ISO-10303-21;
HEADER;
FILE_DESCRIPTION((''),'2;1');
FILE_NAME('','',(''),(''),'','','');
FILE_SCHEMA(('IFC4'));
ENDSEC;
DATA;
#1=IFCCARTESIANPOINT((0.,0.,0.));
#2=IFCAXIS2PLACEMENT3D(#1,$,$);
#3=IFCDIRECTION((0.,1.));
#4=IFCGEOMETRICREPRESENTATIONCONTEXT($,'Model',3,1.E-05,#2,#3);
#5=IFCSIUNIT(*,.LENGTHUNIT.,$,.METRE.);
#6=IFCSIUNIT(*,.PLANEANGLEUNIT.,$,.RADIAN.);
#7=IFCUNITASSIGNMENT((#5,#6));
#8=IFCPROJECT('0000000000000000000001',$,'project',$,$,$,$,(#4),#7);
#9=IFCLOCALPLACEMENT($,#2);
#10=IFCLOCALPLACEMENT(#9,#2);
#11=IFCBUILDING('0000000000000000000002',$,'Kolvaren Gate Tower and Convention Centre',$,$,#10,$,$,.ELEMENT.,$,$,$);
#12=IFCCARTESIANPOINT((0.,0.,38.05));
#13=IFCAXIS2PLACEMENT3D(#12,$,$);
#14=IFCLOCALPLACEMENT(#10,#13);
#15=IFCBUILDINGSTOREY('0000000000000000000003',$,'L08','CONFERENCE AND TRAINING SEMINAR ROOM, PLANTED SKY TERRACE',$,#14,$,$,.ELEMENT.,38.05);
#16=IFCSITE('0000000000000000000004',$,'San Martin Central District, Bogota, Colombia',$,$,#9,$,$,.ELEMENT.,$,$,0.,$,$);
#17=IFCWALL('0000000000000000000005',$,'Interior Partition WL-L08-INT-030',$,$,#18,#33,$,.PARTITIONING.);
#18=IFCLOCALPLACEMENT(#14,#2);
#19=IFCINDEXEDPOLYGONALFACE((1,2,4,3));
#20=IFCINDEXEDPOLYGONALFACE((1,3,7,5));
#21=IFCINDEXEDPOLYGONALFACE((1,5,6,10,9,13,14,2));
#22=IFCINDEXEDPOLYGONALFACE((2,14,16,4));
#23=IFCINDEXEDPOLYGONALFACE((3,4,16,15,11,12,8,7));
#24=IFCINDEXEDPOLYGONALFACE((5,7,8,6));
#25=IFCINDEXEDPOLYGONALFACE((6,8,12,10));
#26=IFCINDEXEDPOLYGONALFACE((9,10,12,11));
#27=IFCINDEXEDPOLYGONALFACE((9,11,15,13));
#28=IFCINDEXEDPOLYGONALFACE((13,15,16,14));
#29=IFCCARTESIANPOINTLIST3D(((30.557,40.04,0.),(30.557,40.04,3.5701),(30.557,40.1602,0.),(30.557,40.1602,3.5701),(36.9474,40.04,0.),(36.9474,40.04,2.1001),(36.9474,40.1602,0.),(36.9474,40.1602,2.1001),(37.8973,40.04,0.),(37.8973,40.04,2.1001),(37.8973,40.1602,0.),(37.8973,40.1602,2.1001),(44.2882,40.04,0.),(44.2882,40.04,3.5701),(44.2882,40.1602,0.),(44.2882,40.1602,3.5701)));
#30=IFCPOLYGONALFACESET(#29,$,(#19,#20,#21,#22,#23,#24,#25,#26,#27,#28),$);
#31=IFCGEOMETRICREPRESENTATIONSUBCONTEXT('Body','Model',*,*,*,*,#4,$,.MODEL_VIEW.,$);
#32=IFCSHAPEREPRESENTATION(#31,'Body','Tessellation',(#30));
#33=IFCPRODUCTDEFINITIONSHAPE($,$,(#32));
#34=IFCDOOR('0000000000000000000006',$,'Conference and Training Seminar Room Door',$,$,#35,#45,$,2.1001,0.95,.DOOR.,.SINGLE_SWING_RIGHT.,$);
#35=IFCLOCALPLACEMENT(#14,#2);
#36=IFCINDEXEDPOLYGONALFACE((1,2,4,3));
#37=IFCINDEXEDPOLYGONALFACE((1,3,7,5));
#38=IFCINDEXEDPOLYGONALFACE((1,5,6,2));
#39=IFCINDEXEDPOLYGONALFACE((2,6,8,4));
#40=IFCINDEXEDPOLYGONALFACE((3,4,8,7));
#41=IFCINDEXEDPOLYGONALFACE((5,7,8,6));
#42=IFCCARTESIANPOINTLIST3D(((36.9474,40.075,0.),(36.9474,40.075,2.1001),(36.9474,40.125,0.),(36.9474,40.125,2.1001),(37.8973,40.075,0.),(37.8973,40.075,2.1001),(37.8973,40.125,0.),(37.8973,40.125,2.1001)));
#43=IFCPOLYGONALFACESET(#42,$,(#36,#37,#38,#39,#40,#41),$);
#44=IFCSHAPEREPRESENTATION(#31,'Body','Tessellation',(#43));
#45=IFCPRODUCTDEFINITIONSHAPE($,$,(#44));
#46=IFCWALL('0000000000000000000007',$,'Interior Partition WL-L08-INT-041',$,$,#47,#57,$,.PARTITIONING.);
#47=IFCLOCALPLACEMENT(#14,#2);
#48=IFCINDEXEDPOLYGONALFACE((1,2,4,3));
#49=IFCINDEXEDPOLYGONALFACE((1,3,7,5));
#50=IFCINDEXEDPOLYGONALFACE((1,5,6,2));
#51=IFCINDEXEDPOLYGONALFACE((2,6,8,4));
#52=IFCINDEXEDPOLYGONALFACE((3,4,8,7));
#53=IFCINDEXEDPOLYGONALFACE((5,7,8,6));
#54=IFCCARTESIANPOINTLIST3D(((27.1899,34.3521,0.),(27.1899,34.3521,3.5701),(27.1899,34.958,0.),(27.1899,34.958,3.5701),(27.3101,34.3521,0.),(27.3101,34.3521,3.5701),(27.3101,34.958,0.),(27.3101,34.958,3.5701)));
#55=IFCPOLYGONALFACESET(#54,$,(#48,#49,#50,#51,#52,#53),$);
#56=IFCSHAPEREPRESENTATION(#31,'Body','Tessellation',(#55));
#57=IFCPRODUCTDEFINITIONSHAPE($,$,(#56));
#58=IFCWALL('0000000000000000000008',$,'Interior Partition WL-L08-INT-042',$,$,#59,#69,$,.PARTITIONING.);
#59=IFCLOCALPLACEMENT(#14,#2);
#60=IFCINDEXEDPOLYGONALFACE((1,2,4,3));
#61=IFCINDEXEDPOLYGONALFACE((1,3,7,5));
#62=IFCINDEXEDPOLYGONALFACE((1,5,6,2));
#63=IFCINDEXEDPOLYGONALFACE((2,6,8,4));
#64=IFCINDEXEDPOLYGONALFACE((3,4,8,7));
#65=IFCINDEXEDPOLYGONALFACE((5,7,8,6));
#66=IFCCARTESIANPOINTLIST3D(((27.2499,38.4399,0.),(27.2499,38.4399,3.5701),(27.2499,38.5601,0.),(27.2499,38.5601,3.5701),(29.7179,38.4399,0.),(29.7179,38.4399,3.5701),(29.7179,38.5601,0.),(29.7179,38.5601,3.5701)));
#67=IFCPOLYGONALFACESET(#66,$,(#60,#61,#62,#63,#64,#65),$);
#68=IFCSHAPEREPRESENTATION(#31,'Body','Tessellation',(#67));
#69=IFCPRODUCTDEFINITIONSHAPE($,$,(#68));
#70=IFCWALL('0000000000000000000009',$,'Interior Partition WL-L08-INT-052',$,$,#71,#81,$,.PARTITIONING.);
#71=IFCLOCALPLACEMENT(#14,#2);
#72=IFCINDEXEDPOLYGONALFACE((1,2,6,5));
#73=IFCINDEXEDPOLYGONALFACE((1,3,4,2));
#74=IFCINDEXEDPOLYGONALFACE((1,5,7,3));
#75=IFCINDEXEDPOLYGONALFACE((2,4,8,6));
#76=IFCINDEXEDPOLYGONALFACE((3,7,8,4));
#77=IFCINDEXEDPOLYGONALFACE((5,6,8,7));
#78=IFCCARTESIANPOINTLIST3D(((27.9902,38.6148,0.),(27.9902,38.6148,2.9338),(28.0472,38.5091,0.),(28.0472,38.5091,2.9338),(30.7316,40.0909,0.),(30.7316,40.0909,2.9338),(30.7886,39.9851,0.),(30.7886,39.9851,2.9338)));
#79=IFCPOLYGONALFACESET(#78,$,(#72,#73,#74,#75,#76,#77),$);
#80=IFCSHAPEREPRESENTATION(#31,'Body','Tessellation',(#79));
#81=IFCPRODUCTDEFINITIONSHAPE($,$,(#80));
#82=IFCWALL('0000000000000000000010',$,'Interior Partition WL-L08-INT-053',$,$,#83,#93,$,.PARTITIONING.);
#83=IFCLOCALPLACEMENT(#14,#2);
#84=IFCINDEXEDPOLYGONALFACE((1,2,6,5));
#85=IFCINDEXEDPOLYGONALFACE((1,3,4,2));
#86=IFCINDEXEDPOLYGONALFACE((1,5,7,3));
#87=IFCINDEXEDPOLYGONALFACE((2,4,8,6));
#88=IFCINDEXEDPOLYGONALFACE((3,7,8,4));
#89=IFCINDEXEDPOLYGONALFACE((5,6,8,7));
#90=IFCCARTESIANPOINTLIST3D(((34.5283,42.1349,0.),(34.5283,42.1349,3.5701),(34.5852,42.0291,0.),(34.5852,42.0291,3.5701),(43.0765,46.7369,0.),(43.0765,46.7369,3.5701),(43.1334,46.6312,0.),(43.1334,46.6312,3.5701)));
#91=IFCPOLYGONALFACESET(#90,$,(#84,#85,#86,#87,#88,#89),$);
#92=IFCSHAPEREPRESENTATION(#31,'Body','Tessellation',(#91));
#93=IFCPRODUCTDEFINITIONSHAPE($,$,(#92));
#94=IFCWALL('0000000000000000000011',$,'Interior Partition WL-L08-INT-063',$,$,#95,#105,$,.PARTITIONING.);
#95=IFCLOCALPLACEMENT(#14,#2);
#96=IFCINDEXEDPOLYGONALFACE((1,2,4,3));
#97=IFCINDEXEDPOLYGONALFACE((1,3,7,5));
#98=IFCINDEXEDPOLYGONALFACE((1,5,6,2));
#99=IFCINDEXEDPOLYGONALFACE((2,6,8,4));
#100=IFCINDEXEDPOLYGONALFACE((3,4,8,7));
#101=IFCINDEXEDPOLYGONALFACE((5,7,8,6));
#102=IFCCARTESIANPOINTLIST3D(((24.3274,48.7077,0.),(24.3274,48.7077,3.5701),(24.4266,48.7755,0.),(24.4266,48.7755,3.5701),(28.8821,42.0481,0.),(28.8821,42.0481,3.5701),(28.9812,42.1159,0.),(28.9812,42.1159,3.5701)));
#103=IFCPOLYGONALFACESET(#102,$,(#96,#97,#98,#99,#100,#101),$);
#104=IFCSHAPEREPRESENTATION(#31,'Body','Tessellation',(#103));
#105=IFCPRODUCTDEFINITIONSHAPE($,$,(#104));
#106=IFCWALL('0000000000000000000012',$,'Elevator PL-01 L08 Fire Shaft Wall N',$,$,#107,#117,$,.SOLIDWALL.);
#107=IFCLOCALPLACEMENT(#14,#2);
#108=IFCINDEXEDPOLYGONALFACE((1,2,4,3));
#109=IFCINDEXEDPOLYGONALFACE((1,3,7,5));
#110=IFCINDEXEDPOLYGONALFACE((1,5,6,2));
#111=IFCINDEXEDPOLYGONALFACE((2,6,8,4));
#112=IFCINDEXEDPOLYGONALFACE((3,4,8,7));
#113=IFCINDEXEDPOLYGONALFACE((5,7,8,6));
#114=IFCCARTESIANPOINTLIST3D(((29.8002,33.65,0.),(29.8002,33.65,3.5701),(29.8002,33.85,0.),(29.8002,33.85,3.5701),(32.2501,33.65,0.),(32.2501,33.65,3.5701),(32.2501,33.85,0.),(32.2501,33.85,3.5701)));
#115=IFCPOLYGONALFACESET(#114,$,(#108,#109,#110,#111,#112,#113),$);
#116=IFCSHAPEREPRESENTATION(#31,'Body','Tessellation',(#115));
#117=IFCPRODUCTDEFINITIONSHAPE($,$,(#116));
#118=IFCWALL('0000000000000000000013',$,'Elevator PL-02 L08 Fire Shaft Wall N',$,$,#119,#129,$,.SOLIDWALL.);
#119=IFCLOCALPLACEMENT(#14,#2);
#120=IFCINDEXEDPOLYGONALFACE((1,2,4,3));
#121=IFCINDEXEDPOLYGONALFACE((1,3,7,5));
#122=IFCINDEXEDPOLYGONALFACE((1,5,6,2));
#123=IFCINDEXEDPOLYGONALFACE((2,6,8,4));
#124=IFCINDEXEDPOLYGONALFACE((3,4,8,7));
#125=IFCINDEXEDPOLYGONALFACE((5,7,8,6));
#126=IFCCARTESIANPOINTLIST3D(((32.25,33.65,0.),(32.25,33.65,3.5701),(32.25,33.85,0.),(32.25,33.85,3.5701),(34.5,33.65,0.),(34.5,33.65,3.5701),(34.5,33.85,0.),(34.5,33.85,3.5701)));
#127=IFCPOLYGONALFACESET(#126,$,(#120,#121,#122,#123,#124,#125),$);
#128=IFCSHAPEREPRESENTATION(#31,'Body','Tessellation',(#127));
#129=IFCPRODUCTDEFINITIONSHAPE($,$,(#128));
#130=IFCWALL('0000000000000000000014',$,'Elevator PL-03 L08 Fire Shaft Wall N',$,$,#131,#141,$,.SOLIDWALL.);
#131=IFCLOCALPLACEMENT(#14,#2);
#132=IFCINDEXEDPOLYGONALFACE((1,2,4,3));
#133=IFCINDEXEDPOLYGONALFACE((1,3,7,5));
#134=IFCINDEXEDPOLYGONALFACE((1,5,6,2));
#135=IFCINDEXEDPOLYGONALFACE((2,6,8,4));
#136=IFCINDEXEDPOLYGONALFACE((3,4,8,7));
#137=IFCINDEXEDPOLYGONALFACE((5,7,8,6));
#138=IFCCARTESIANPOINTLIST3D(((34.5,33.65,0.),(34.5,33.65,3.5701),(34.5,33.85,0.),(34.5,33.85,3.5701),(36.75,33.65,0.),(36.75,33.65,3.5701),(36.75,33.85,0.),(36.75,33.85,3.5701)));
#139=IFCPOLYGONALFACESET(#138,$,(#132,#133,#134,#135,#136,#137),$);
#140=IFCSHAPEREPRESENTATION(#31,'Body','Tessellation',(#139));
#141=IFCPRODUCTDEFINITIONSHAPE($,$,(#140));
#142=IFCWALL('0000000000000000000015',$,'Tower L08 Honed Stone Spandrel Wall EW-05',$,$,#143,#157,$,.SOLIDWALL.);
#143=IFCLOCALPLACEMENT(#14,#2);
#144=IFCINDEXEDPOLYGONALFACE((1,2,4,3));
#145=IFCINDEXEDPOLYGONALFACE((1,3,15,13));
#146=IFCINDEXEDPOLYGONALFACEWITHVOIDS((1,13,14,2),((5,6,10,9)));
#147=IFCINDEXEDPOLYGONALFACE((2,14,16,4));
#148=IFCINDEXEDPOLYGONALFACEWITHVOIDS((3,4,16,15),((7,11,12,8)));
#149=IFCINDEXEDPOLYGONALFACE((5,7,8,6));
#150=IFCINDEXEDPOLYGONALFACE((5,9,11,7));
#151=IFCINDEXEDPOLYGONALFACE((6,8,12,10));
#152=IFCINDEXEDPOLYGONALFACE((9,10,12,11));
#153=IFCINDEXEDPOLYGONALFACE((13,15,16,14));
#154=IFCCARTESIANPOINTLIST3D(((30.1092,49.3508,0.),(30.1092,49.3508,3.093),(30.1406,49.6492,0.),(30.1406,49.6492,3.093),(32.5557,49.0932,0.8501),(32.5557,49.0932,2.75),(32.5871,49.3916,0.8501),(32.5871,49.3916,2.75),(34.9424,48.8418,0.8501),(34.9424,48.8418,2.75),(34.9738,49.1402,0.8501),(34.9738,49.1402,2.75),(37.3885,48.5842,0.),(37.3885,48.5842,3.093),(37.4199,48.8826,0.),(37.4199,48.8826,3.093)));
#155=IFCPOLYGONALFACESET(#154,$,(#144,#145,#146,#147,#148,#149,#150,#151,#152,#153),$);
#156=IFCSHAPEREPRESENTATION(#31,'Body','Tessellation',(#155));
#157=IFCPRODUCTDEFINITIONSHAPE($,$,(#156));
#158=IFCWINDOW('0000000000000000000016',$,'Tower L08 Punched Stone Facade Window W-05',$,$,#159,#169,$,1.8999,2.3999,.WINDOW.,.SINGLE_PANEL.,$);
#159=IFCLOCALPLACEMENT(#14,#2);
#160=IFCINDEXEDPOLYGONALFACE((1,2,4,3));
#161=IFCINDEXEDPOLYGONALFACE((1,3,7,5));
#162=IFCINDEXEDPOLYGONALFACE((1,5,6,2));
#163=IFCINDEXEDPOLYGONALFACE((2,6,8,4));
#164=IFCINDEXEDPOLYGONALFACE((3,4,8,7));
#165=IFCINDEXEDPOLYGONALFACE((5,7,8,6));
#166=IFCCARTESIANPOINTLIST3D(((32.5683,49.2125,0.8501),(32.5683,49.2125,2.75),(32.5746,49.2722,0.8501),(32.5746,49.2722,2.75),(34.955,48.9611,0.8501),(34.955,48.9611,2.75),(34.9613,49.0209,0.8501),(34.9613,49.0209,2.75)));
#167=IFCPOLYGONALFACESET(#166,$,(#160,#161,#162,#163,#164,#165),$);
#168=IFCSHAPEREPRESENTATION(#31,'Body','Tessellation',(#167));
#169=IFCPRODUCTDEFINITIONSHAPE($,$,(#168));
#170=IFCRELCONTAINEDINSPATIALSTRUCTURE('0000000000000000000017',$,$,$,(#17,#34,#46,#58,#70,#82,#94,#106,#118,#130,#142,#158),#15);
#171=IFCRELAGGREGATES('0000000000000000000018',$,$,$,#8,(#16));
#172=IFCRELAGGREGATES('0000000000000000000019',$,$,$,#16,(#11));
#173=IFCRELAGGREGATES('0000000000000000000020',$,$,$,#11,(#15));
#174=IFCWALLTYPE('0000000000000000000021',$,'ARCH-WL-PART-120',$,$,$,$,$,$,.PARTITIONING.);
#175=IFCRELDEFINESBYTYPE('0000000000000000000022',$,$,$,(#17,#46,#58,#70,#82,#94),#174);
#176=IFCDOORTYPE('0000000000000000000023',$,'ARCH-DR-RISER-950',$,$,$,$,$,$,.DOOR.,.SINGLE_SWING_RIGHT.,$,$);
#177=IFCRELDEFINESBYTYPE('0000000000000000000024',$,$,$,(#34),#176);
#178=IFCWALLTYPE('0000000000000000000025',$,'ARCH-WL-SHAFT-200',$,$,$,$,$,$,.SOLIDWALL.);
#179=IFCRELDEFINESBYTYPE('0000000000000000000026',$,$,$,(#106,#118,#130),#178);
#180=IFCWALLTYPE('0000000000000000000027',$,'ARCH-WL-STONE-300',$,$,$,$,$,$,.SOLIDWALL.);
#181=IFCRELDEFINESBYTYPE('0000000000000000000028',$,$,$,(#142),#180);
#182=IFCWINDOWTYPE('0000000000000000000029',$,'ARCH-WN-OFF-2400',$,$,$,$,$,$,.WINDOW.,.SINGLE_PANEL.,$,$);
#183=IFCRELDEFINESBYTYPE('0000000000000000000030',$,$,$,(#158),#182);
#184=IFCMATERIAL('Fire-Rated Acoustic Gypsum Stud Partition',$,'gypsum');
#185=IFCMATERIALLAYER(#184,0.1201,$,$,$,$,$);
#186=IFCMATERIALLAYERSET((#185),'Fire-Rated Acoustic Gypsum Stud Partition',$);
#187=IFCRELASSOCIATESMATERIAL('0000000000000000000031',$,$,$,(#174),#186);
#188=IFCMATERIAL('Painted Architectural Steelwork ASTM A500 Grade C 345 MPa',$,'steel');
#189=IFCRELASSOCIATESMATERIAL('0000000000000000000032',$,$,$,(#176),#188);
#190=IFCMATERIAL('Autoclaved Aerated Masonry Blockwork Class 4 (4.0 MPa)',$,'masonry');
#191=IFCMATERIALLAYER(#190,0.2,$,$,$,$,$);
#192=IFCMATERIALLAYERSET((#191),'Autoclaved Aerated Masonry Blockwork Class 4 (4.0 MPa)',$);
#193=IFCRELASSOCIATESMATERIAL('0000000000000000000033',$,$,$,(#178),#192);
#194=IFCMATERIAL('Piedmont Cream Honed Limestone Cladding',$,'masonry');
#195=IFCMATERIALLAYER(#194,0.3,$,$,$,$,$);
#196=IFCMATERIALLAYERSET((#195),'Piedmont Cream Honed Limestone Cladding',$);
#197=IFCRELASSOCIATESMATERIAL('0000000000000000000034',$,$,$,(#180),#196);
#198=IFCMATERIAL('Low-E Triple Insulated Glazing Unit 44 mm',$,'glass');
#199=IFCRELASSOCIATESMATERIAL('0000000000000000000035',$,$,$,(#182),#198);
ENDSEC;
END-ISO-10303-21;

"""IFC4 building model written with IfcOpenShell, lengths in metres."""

from ifc_helpers import new_model, si_unit, direction, frame, frame_2d, origin, place, context, subcontext, project, spatial, rectangle, extrude, material, layer, layer_set, type_object, element, fill, save


model = new_model("IFC4")

# Units and contexts
model_context = context("Model", 3, precision=1e-05, world=origin(), true_north=direction((0.0, 1.0)))
body_context = subcontext(model_context, "Body", "Model", "MODEL_VIEW")
ifc_project = project(units=[si_unit("LENGTHUNIT", "METRE"), si_unit("PLANEANGLEUNIT", "RADIAN")], contexts=[model_context])

# Site, building, storey
site_placement = place(None, origin())
site = spatial("IfcSite", under=ifc_project, at=site_placement, Name="San Martin Central District, Bogota, Colombia", CompositionType="ELEMENT", RefElevation=0.0)
building_placement = place(site_placement, origin())
building = spatial("IfcBuilding", under=site, at=building_placement, Name="Kolvaren Gate Tower and Convention Centre", CompositionType="ELEMENT")
storey_placement = place(building_placement, frame((0.0, 0.0, 38.05)))
storey = spatial("IfcBuildingStorey", under=building, at=storey_placement, Name="L08", Description="CONFERENCE AND TRAINING SEMINAR ROOM, PLANTED SKY TERRACE", CompositionType="ELEMENT", Elevation=38.05)

# Shared definitions
ifc_material_1 = material(Name="Fire-Rated Acoustic Gypsum Stud Partition", Category="gypsum")
ifc_layer_1 = layer(ifc_material_1, 0.1201)
ifc_layer_set_1 = layer_set([ifc_layer_1], Name="Fire-Rated Acoustic Gypsum Stud Partition")
wall_type_1 = type_object("IfcWallType", Name="ARCH-WL-PART-120", PredefinedType="PARTITIONING", material=ifc_layer_set_1)

# Wall, opening, door
wall_1_placement = place(storey_placement, frame((30.5569, 40.1001, 0.0), z_axis=(0.0, 0.0, 1.0), x_axis=(1.0, 0.0, 0.0)))
wall_1 = element("IfcWall", 1, at=wall_1_placement, inside=storey, type_object=wall_type_1, Name="Interior Partition WL-L08-INT-030", PredefinedType="PARTITIONING", context=body_context, shape_type="SweptSolid", body=[
    extrude(rectangle(XDim=13.7312, YDim=0.1201, at=frame_2d((6.8657, 0.0))), origin(), (0.0, 0.0, 1.0), 3.5701),
])
opening_1_placement = place(wall_1_placement, frame((6.3904, 0.0, 0.0)))
opening_1 = element("IfcOpeningElement", 2, at=opening_1_placement, cuts=wall_1, PredefinedType="OPENING", context=body_context, shape_type="SweptSolid", body=[
    extrude(rectangle(XDim=0.95, YDim=2.1001, at=frame_2d((0.4751, 1.05))), frame((0.0, 0.0701, 0.0), z_axis=(0.0, -1.0, 0.0), x_axis=(1.0, 0.0, 0.0)), (0.0, 0.0, 1.0), 0.1401),
])
ifc_material_2 = material(Name="Painted Architectural Steelwork ASTM A500 Grade C 345 MPa", Category="steel")
door_type_1 = type_object("IfcDoorType", Name="ARCH-DR-RISER-950", OperationType="SINGLE_SWING_RIGHT", PredefinedType="DOOR", material=ifc_material_2)
door_1_placement = place(opening_1_placement, origin())
door_1 = element("IfcDoor", 3, at=door_1_placement, inside=storey, type_object=door_type_1, Name="Conference and Training Seminar Room Door", OperationType="SINGLE_SWING_RIGHT", OverallHeight=2.1001, OverallWidth=0.95, PredefinedType="DOOR", context=body_context, shape_type="SweptSolid", body=[
    extrude(rectangle(XDim=0.95, YDim=2.1001, at=frame_2d((0.4751, 1.05))), frame((0.0, 0.0249, 0.0), z_axis=(0.0, -1.0, 0.0), x_axis=(1.0, 0.0, 0.0)), (0.0, 0.0, 1.0), 0.05),
])
fill(opening_1, door_1)

# Walls
wall_2_placement = place(storey_placement, frame((27.25, 34.3521, 0.0), z_axis=(0.0, 0.0, 1.0), x_axis=(0.0, 1.0, 0.0)))
element("IfcWall", 4, at=wall_2_placement, inside=storey, type_object=wall_type_1, Name="Interior Partition WL-L08-INT-041", PredefinedType="PARTITIONING", context=body_context, shape_type="SweptSolid", body=[
    extrude(rectangle(XDim=0.606, YDim=0.1201, at=frame_2d((0.303, 0.0))), origin(), (0.0, 0.0, 1.0), 3.5701),
])
wall_3_placement = place(storey_placement, frame((27.25, 38.5, 0.0), z_axis=(0.0, 0.0, 1.0), x_axis=(1.0, 0.0, 0.0)))
element("IfcWall", 5, at=wall_3_placement, inside=storey, type_object=wall_type_1, Name="Interior Partition WL-L08-INT-042", PredefinedType="PARTITIONING", context=body_context, shape_type="SweptSolid", body=[
    extrude(rectangle(XDim=2.468, YDim=0.1201, at=frame_2d((1.2339, 0.0))), origin(), (0.0, 0.0, 1.0), 3.5701),
])
wall_4_placement = place(storey_placement, frame((28.0188, 38.562, 0.0), z_axis=(0.0, 0.0, 1.0), x_axis=(0.880484, 0.474076, 0.0)))
element("IfcWall", 6, at=wall_4_placement, inside=storey, type_object=wall_type_1, Name="Interior Partition WL-L08-INT-052", PredefinedType="PARTITIONING", context=body_context, shape_type="SweptSolid", body=[
    extrude(rectangle(XDim=3.1135, YDim=0.1201, at=frame_2d((1.5566, 0.0))), origin(), (0.0, 0.0, 1.0), 2.9338),
])
wall_5_placement = place(storey_placement, frame((34.5569, 42.082, 0.0), z_axis=(0.0, 0.0, 1.0), x_axis=(0.880504, 0.474038, 0.0)))
element("IfcWall", 7, at=wall_5_placement, inside=storey, type_object=wall_type_1, Name="Interior Partition WL-L08-INT-053", PredefinedType="PARTITIONING", context=body_context, shape_type="SweptSolid", body=[
    extrude(rectangle(XDim=9.7083, YDim=0.1201, at=frame_2d((4.854, 0.0))), origin(), (0.0, 0.0, 1.0), 3.5701),
])
wall_6_placement = place(storey_placement, frame((24.377, 48.7417, 0.0), z_axis=(0.0, 0.0, 1.0), x_axis=(0.564521, -0.825419, 0.0)))
element("IfcWall", 8, at=wall_6_placement, inside=storey, type_object=wall_type_1, Name="Interior Partition WL-L08-INT-063", PredefinedType="PARTITIONING", context=body_context, shape_type="SweptSolid", body=[
    extrude(rectangle(XDim=8.0681, YDim=0.1201, at=frame_2d((4.0342, 0.0))), origin(), (0.0, 0.0, 1.0), 3.5701),
])
ifc_material_3 = material(Name="Autoclaved Aerated Masonry Blockwork Class 4 (4.0 MPa)", Category="masonry")
ifc_layer_2 = layer(ifc_material_3, 0.2)
ifc_layer_set_2 = layer_set([ifc_layer_2], Name="Autoclaved Aerated Masonry Blockwork Class 4 (4.0 MPa)")
wall_type_2 = type_object("IfcWallType", Name="ARCH-WL-SHAFT-200", PredefinedType="SOLIDWALL", material=ifc_layer_set_2)
wall_7_placement = place(storey_placement, frame((29.8, 33.75, 0.0), z_axis=(0.0, 0.0, 1.0), x_axis=(1.0, 0.0, 0.0)))
element("IfcWall", 9, at=wall_7_placement, inside=storey, type_object=wall_type_2, Name="Elevator PL-01 L08 Fire Shaft Wall N", PredefinedType="SOLIDWALL", context=body_context, shape_type="SweptSolid", body=[
    extrude(rectangle(XDim=2.45, YDim=0.2, at=frame_2d((1.2251, 0.0))), origin(), (0.0, 0.0, 1.0), 3.5701),
])
for number, where, z_axis, x_axis, name in (
    (10, (32.25, 33.75, 0.0), (0.0, 0.0, 1.0), (1.0, 0.0, 0.0), "Elevator PL-02 L08 Fire Shaft Wall N"),
    (11, (34.5, 33.75, 0.0), (0.0, 0.0, 1.0), (1.0, 0.0, 0.0), "Elevator PL-03 L08 Fire Shaft Wall N"),
):
    element("IfcWall", number, at=place(storey_placement, frame(where, z_axis=z_axis, x_axis=x_axis)), inside=storey, type_object=wall_type_2, Name=name, PredefinedType="SOLIDWALL", context=body_context, shape_type="SweptSolid", body=[
        extrude(rectangle(XDim=2.25, YDim=0.2, at=frame_2d((1.125, 0.0))), origin(), (0.0, 0.0, 1.0), 3.5701),
    ])

# Wall, opening, window
ifc_material_4 = material(Name="Piedmont Cream Honed Limestone Cladding", Category="masonry")
ifc_layer_3 = layer(ifc_material_4, 0.3)
ifc_layer_set_3 = layer_set([ifc_layer_3], Name="Piedmont Cream Honed Limestone Cladding")
wall_type_3 = type_object("IfcWallType", Name="ARCH-WL-STONE-300", PredefinedType="SOLIDWALL", material=ifc_layer_set_3)
wall_8_placement = place(storey_placement, frame((30.125, 49.5, 0.0), z_axis=(0.0, 0.0, 1.0), x_axis=(0.9945, -0.104733, 0.0)))
wall_8 = element("IfcWall", 12, at=wall_8_placement, inside=storey, type_object=wall_type_3, Name="Tower L08 Honed Stone Spandrel Wall EW-05", PredefinedType="SOLIDWALL", context=body_context, shape_type="SweptSolid", body=[
    extrude(rectangle(XDim=7.3196, YDim=0.3, at=frame_2d((3.6597, 0.0))), origin(), (0.0, 0.0, 1.0), 3.093),
])
opening_2_placement = place(wall_8_placement, frame((2.46, 0.0, 0.8501)))
opening_2 = element("IfcOpeningElement", 13, at=opening_2_placement, cuts=wall_8, PredefinedType="OPENING", context=body_context, shape_type="SweptSolid", body=[
    extrude(rectangle(XDim=2.3999, YDim=1.8999, at=frame_2d((1.2, 0.95))), frame((0.0, 0.1599, 0.0), z_axis=(0.0, -1.0, 0.0), x_axis=(1.0, 0.0, 0.0)), (0.0, 0.0, 1.0), 0.3201),
])
ifc_material_5 = material(Name="Low-E Triple Insulated Glazing Unit 44 mm", Category="glass")
window_type = type_object("IfcWindowType", Name="ARCH-WN-OFF-2400", PartitioningType="SINGLE_PANEL", PredefinedType="WINDOW", material=ifc_material_5)
window_placement = place(opening_2_placement, origin())
window = element("IfcWindow", 14, at=window_placement, inside=storey, type_object=window_type, Name="Tower L08 Punched Stone Facade Window W-05", OverallHeight=1.8999, OverallWidth=2.3999, PartitioningType="SINGLE_PANEL", PredefinedType="WINDOW", context=body_context, shape_type="SweptSolid", body=[
    extrude(rectangle(XDim=2.3999, YDim=1.8999, at=frame_2d((1.2, 0.95))), frame((0.0, 0.03, 0.0), z_axis=(0.0, -1.0, 0.0), x_axis=(1.0, 0.0, 0.0)), (0.0, 0.0, 1.0), 0.0601),
])
fill(opening_2, window)

save(model, "model.ifc")
